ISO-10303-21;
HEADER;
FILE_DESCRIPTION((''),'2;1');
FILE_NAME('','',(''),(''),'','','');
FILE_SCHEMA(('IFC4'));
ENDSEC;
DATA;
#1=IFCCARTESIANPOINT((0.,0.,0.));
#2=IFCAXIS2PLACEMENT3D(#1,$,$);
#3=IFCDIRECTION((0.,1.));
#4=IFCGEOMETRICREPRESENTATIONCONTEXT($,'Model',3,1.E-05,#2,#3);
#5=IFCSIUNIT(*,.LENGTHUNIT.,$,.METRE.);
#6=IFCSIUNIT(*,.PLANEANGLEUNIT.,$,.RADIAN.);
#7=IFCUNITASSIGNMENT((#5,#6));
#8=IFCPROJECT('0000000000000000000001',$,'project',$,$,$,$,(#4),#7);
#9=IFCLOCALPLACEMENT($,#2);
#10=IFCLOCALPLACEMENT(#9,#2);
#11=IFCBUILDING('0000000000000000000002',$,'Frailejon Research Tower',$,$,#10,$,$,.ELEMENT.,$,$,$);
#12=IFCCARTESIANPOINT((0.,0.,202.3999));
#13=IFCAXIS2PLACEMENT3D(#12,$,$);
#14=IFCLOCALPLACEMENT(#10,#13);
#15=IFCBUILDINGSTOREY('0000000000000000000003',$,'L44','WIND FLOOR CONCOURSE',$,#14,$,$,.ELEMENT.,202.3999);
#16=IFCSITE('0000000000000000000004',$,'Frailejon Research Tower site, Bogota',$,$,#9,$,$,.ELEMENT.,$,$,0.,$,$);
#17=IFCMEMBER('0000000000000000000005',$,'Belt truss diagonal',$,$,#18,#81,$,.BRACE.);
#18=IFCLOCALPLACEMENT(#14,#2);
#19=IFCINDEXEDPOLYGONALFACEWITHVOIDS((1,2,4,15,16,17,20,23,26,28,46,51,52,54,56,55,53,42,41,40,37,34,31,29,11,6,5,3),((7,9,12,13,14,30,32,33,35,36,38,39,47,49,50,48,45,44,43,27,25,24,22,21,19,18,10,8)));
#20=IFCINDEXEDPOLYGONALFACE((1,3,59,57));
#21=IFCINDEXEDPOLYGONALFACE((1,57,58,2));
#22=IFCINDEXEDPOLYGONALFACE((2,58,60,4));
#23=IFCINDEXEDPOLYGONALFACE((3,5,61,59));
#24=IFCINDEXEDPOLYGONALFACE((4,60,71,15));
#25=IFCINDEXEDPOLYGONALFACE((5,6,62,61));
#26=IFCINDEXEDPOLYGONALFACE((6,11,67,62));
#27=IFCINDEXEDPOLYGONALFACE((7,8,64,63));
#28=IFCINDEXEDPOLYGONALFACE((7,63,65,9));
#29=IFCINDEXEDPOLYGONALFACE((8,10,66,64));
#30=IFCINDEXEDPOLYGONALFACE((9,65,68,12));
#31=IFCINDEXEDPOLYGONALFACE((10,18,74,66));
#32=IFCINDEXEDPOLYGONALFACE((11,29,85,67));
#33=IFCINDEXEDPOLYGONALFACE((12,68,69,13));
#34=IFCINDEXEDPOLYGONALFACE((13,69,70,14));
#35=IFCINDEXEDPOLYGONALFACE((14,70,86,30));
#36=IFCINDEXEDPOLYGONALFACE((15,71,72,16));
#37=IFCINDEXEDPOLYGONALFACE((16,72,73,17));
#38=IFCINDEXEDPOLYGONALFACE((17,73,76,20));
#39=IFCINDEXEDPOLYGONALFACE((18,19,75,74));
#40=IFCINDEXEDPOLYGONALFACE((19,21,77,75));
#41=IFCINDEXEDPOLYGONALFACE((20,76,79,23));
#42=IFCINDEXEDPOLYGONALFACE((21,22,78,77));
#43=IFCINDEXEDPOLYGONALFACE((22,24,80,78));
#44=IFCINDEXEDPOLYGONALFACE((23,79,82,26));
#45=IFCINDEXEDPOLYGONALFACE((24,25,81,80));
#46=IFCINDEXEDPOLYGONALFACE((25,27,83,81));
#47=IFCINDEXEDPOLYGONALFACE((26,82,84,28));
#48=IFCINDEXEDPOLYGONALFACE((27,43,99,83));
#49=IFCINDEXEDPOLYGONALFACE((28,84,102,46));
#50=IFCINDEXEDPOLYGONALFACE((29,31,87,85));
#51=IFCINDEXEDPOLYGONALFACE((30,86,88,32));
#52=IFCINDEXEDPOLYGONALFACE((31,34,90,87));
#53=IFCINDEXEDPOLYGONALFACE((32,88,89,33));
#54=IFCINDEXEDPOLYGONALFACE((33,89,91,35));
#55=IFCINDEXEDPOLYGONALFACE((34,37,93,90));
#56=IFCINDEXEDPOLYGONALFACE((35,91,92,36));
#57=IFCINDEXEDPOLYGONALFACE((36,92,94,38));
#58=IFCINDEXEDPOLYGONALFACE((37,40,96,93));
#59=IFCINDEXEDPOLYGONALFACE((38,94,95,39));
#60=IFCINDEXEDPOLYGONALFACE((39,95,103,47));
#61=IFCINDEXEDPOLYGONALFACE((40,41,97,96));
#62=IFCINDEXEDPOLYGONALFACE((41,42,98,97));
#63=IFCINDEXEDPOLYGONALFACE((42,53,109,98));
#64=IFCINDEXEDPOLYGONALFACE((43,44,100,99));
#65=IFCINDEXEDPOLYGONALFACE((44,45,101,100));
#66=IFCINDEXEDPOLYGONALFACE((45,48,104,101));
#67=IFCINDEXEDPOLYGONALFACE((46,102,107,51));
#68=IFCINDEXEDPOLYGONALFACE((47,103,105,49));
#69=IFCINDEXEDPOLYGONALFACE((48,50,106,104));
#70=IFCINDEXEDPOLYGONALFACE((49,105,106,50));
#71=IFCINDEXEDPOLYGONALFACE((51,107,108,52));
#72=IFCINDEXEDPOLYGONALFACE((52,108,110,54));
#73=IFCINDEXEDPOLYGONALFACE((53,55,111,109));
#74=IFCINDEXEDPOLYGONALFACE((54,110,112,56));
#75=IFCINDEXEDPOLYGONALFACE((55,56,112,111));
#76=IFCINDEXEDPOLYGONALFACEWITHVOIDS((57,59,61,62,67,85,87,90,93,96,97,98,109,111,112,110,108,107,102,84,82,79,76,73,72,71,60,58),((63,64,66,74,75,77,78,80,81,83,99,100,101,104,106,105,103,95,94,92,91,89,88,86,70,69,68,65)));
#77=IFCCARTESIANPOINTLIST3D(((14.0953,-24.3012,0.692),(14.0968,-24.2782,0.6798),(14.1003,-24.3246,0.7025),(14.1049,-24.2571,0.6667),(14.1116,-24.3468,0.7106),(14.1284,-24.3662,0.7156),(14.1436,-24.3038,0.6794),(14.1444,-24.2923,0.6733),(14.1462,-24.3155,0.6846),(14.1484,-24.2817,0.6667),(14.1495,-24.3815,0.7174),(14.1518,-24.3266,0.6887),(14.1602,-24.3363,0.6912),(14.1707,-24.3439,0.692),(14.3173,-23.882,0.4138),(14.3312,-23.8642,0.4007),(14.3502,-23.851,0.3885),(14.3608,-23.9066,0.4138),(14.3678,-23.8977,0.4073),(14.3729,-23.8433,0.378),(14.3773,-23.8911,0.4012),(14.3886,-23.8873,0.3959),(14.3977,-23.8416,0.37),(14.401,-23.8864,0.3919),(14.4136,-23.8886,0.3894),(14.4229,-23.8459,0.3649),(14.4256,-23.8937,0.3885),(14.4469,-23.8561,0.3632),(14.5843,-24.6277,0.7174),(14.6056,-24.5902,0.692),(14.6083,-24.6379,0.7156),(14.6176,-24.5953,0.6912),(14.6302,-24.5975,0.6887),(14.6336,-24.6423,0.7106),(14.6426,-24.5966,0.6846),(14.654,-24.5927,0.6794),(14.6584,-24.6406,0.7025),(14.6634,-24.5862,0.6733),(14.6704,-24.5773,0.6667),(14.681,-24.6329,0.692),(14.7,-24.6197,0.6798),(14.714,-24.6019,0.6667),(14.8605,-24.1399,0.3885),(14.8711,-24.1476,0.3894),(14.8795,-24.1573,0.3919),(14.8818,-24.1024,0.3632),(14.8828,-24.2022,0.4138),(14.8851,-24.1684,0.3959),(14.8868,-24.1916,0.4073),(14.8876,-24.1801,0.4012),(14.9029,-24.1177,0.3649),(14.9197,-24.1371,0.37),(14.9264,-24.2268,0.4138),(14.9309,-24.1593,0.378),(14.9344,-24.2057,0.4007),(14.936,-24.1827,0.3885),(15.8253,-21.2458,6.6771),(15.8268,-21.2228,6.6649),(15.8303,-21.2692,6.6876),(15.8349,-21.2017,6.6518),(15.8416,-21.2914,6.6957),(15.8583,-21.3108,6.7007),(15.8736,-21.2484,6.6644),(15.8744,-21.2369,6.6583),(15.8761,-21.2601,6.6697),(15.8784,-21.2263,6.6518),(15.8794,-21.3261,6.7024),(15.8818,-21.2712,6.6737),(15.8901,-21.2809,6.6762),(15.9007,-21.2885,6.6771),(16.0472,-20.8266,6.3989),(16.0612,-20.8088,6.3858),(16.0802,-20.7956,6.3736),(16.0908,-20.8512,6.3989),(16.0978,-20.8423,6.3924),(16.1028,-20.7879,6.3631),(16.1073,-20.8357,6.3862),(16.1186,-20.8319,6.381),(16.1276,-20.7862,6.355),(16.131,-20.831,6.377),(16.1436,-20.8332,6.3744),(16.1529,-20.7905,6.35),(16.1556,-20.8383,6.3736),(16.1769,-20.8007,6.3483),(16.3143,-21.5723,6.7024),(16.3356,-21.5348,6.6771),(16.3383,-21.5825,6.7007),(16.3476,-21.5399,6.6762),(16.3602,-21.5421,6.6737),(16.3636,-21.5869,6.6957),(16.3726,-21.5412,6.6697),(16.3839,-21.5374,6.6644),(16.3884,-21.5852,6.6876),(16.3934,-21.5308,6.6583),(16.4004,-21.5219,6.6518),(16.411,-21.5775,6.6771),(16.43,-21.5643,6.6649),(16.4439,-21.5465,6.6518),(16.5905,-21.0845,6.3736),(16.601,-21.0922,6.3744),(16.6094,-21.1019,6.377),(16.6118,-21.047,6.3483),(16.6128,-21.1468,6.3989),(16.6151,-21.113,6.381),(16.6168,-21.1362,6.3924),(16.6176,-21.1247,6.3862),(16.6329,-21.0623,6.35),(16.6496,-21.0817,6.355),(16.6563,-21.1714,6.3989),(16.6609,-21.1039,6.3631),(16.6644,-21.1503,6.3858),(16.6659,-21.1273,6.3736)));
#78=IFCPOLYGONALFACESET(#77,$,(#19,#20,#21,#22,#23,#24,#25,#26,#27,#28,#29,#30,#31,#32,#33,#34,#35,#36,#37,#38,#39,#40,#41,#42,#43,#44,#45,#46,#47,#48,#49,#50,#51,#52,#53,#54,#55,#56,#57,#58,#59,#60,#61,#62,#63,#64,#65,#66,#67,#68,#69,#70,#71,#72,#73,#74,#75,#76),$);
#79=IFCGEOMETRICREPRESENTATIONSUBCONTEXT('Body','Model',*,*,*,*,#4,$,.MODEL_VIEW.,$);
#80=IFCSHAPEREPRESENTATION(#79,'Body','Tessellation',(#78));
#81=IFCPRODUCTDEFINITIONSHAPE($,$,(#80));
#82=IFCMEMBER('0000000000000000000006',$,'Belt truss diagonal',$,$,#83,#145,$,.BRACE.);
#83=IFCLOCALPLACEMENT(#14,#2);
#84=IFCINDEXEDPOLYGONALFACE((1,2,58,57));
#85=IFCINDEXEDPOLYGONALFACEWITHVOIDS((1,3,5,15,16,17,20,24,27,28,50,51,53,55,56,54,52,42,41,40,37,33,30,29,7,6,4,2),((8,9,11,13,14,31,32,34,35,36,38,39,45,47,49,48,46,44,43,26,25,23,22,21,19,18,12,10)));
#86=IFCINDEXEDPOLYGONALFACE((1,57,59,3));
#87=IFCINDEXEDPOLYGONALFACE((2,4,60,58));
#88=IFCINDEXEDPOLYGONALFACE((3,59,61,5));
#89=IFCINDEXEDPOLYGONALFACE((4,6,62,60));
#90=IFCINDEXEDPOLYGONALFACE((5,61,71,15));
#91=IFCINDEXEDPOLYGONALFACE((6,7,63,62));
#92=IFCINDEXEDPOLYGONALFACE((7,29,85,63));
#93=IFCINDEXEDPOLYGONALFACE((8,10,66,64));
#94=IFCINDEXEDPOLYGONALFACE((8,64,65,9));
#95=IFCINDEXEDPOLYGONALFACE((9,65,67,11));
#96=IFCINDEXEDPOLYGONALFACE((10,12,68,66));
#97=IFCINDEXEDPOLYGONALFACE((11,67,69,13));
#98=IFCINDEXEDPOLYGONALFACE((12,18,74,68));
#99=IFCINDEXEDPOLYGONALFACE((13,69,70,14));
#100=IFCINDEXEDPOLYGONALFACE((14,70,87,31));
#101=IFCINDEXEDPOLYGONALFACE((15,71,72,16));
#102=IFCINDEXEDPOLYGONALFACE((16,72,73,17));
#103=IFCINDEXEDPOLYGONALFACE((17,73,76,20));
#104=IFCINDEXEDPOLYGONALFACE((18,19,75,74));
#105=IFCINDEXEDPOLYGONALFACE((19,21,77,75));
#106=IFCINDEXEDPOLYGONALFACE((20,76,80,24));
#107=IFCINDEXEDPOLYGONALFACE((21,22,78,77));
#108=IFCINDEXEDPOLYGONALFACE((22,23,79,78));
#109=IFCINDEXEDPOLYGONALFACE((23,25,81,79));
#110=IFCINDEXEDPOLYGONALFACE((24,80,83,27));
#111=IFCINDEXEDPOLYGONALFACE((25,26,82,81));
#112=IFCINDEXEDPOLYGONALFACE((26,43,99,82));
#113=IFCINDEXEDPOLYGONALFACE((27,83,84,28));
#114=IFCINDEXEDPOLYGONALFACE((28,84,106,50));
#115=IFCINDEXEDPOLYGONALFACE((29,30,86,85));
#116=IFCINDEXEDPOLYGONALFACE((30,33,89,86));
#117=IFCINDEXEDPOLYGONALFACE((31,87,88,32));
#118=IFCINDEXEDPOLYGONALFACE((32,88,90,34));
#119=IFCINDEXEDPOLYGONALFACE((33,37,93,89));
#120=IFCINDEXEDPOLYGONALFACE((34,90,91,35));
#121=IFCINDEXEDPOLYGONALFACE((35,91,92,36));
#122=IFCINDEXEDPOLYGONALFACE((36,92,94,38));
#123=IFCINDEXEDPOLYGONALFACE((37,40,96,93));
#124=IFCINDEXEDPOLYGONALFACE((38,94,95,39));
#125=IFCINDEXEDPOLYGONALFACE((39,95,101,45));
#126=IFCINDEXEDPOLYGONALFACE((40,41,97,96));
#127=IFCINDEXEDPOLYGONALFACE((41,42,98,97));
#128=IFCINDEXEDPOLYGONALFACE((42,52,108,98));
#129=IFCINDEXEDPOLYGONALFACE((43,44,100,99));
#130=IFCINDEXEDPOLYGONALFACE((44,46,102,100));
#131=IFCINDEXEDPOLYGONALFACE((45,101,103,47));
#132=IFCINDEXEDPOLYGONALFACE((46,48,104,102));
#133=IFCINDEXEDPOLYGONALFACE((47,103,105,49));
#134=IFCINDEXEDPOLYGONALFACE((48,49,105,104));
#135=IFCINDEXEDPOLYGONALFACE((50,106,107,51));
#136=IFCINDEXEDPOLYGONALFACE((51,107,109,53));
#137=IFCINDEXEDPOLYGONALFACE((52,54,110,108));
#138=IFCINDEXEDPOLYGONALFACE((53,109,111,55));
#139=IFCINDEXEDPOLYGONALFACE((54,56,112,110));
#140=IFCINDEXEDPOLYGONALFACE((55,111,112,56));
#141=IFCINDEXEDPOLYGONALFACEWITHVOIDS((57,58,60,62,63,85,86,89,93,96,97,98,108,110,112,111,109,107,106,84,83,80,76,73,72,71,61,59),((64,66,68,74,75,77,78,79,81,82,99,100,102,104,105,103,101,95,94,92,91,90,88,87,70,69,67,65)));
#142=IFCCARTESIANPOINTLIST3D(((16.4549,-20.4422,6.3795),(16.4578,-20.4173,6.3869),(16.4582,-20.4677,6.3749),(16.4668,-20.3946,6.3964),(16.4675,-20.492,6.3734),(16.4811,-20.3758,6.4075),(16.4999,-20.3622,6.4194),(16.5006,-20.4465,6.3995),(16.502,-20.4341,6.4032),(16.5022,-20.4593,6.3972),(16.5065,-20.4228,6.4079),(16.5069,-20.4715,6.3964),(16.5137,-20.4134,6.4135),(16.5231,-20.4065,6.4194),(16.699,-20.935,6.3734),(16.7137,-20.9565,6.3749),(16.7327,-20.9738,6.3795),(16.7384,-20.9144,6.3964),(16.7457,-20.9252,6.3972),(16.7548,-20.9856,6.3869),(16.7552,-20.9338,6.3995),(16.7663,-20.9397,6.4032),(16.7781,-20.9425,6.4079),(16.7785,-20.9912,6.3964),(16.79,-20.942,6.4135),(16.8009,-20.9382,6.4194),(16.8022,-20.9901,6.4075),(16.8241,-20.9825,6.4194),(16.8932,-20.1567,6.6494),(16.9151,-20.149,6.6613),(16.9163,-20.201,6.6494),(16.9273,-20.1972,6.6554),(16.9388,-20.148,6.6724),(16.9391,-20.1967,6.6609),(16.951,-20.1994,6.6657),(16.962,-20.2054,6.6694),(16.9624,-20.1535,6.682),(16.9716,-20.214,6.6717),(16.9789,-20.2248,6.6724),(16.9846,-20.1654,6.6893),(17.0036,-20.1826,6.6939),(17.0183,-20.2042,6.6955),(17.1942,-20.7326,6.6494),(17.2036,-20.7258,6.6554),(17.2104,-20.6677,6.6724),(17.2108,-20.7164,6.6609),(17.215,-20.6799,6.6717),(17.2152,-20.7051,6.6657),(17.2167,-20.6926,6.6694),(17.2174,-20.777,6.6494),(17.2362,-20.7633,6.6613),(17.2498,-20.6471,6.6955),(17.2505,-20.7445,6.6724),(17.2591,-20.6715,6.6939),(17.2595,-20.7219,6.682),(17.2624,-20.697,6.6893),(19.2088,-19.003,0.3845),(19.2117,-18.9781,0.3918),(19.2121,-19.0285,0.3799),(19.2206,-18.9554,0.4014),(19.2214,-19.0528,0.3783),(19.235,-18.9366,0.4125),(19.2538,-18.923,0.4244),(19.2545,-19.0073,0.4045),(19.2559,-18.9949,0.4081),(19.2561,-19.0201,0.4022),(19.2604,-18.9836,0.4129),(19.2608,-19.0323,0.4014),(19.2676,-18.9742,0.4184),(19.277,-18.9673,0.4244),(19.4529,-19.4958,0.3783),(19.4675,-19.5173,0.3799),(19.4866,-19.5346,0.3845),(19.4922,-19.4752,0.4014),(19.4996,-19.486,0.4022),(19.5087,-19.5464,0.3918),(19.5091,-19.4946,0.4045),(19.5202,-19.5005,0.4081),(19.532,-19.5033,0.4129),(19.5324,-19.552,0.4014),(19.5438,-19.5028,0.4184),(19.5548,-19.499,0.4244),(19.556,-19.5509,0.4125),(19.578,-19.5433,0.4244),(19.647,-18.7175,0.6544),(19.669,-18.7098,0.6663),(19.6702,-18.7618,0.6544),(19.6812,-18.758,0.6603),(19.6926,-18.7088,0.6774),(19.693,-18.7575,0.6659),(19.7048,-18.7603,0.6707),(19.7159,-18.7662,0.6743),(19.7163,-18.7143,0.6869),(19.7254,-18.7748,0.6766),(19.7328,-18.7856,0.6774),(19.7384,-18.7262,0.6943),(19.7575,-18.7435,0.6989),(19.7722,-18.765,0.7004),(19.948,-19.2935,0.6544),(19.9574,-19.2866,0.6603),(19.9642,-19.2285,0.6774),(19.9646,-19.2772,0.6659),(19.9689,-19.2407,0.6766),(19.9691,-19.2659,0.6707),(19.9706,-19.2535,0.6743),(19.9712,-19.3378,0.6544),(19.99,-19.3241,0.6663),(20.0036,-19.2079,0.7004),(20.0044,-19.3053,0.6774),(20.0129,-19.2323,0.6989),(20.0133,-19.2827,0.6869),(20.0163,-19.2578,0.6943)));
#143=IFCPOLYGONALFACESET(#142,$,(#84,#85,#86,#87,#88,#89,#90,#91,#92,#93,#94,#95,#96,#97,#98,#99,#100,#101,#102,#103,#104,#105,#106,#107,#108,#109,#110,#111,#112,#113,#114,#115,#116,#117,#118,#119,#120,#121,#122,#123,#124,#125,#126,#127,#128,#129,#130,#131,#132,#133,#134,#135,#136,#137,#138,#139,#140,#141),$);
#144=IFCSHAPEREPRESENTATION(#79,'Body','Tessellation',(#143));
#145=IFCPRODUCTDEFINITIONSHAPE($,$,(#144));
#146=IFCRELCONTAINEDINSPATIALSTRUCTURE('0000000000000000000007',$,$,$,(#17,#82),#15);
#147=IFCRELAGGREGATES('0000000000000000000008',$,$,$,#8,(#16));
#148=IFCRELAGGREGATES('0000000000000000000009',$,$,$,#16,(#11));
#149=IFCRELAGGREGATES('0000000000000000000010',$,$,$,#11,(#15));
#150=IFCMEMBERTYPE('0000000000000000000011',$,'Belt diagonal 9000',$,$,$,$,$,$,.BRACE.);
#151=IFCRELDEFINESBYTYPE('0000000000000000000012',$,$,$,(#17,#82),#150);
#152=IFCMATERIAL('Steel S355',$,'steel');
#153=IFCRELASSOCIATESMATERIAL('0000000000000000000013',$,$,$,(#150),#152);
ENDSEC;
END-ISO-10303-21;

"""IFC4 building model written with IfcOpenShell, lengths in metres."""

from ifc_helpers import new_model, si_unit, direction, frame, origin, origin_2d, place, context, subcontext, project, spatial, hollow_rectangle, extrude, material, material_profile, profile_set, type_object, element, save


model = new_model("IFC4")

# Units and contexts
model_context = context("Model", 3, precision=1e-05, world=origin(), true_north=direction((0.0, 1.0)))
body_context = subcontext(model_context, "Body", "Model", "MODEL_VIEW")
ifc_project = project(units=[si_unit("LENGTHUNIT", "METRE"), si_unit("PLANEANGLEUNIT", "RADIAN")], contexts=[model_context])

# Site, building, storey
site_placement = place(None, origin())
site = spatial("IfcSite", under=ifc_project, at=site_placement, Name="Frailejon Research Tower site, Bogota", CompositionType="ELEMENT", RefElevation=0.0)
building_placement = place(site_placement, origin())
building = spatial("IfcBuilding", under=site, at=building_placement, Name="Frailejon Research Tower", CompositionType="ELEMENT")
storey_placement = place(building_placement, frame((0.0, 0.0, 202.3999)))
storey = spatial("IfcBuildingStorey", under=building, at=storey_placement, Name="L44", Description="WIND FLOOR CONCOURSE", CompositionType="ELEMENT", Elevation=202.3999)

# Members
ifc_material_1 = material(Name="Steel S355", Category="steel")
ifc_material_profile_1 = material_profile(ifc_material_1, hollow_rectangle(XDim=0.7, YDim=0.7, WallThickness=0.05, InnerFilletRadius=0.05, OuterFilletRadius=0.1001, at=origin_2d()), Name="Belt diagonal 9000")
ifc_profile_set_1 = profile_set([ifc_material_profile_1], Name="Steel S355")
member_type = type_object("IfcMemberType", Name="Belt diagonal 9000", PredefinedType="BRACE", material=ifc_profile_set_1)
member_1_placement = place(storey_placement, frame((14.5156, -24.2419, 0.5403), z_axis=(0.249312, 0.440325, 0.86253), x_axis=(-0.870196, 0.492706, 0.0)))
element("IfcMember", 1, at=member_1_placement, inside=storey, type_object=member_type, Name="Belt truss diagonal", PredefinedType="BRACE", context=body_context, shape_type="SweptSolid", body=[
    extrude(hollow_rectangle(XDim=0.7, YDim=0.7, WallThickness=0.05, InnerFilletRadius=0.05, OuterFilletRadius=0.1001, at=origin_2d()), origin(), (0.0, 0.0, 1.0), 6.939),
])
member_2_placement = place(storey_placement, frame((16.8586, -20.5696, 6.5344), z_axis=(0.407833, 0.213136, -0.887832), x_axis=(-0.46317, 0.886269, 0.0)))
element("IfcMember", 2, at=member_2_placement, inside=storey, type_object=member_type, Name="Belt truss diagonal", PredefinedType="BRACE", context=body_context, shape_type="SweptSolid", body=[
    extrude(hollow_rectangle(XDim=0.7, YDim=0.7, WallThickness=0.05, InnerFilletRadius=0.05, OuterFilletRadius=0.1001, at=origin_2d()), origin(), (0.0, 0.0, 1.0), 6.7524),
])

save(model, "model.ifc")
